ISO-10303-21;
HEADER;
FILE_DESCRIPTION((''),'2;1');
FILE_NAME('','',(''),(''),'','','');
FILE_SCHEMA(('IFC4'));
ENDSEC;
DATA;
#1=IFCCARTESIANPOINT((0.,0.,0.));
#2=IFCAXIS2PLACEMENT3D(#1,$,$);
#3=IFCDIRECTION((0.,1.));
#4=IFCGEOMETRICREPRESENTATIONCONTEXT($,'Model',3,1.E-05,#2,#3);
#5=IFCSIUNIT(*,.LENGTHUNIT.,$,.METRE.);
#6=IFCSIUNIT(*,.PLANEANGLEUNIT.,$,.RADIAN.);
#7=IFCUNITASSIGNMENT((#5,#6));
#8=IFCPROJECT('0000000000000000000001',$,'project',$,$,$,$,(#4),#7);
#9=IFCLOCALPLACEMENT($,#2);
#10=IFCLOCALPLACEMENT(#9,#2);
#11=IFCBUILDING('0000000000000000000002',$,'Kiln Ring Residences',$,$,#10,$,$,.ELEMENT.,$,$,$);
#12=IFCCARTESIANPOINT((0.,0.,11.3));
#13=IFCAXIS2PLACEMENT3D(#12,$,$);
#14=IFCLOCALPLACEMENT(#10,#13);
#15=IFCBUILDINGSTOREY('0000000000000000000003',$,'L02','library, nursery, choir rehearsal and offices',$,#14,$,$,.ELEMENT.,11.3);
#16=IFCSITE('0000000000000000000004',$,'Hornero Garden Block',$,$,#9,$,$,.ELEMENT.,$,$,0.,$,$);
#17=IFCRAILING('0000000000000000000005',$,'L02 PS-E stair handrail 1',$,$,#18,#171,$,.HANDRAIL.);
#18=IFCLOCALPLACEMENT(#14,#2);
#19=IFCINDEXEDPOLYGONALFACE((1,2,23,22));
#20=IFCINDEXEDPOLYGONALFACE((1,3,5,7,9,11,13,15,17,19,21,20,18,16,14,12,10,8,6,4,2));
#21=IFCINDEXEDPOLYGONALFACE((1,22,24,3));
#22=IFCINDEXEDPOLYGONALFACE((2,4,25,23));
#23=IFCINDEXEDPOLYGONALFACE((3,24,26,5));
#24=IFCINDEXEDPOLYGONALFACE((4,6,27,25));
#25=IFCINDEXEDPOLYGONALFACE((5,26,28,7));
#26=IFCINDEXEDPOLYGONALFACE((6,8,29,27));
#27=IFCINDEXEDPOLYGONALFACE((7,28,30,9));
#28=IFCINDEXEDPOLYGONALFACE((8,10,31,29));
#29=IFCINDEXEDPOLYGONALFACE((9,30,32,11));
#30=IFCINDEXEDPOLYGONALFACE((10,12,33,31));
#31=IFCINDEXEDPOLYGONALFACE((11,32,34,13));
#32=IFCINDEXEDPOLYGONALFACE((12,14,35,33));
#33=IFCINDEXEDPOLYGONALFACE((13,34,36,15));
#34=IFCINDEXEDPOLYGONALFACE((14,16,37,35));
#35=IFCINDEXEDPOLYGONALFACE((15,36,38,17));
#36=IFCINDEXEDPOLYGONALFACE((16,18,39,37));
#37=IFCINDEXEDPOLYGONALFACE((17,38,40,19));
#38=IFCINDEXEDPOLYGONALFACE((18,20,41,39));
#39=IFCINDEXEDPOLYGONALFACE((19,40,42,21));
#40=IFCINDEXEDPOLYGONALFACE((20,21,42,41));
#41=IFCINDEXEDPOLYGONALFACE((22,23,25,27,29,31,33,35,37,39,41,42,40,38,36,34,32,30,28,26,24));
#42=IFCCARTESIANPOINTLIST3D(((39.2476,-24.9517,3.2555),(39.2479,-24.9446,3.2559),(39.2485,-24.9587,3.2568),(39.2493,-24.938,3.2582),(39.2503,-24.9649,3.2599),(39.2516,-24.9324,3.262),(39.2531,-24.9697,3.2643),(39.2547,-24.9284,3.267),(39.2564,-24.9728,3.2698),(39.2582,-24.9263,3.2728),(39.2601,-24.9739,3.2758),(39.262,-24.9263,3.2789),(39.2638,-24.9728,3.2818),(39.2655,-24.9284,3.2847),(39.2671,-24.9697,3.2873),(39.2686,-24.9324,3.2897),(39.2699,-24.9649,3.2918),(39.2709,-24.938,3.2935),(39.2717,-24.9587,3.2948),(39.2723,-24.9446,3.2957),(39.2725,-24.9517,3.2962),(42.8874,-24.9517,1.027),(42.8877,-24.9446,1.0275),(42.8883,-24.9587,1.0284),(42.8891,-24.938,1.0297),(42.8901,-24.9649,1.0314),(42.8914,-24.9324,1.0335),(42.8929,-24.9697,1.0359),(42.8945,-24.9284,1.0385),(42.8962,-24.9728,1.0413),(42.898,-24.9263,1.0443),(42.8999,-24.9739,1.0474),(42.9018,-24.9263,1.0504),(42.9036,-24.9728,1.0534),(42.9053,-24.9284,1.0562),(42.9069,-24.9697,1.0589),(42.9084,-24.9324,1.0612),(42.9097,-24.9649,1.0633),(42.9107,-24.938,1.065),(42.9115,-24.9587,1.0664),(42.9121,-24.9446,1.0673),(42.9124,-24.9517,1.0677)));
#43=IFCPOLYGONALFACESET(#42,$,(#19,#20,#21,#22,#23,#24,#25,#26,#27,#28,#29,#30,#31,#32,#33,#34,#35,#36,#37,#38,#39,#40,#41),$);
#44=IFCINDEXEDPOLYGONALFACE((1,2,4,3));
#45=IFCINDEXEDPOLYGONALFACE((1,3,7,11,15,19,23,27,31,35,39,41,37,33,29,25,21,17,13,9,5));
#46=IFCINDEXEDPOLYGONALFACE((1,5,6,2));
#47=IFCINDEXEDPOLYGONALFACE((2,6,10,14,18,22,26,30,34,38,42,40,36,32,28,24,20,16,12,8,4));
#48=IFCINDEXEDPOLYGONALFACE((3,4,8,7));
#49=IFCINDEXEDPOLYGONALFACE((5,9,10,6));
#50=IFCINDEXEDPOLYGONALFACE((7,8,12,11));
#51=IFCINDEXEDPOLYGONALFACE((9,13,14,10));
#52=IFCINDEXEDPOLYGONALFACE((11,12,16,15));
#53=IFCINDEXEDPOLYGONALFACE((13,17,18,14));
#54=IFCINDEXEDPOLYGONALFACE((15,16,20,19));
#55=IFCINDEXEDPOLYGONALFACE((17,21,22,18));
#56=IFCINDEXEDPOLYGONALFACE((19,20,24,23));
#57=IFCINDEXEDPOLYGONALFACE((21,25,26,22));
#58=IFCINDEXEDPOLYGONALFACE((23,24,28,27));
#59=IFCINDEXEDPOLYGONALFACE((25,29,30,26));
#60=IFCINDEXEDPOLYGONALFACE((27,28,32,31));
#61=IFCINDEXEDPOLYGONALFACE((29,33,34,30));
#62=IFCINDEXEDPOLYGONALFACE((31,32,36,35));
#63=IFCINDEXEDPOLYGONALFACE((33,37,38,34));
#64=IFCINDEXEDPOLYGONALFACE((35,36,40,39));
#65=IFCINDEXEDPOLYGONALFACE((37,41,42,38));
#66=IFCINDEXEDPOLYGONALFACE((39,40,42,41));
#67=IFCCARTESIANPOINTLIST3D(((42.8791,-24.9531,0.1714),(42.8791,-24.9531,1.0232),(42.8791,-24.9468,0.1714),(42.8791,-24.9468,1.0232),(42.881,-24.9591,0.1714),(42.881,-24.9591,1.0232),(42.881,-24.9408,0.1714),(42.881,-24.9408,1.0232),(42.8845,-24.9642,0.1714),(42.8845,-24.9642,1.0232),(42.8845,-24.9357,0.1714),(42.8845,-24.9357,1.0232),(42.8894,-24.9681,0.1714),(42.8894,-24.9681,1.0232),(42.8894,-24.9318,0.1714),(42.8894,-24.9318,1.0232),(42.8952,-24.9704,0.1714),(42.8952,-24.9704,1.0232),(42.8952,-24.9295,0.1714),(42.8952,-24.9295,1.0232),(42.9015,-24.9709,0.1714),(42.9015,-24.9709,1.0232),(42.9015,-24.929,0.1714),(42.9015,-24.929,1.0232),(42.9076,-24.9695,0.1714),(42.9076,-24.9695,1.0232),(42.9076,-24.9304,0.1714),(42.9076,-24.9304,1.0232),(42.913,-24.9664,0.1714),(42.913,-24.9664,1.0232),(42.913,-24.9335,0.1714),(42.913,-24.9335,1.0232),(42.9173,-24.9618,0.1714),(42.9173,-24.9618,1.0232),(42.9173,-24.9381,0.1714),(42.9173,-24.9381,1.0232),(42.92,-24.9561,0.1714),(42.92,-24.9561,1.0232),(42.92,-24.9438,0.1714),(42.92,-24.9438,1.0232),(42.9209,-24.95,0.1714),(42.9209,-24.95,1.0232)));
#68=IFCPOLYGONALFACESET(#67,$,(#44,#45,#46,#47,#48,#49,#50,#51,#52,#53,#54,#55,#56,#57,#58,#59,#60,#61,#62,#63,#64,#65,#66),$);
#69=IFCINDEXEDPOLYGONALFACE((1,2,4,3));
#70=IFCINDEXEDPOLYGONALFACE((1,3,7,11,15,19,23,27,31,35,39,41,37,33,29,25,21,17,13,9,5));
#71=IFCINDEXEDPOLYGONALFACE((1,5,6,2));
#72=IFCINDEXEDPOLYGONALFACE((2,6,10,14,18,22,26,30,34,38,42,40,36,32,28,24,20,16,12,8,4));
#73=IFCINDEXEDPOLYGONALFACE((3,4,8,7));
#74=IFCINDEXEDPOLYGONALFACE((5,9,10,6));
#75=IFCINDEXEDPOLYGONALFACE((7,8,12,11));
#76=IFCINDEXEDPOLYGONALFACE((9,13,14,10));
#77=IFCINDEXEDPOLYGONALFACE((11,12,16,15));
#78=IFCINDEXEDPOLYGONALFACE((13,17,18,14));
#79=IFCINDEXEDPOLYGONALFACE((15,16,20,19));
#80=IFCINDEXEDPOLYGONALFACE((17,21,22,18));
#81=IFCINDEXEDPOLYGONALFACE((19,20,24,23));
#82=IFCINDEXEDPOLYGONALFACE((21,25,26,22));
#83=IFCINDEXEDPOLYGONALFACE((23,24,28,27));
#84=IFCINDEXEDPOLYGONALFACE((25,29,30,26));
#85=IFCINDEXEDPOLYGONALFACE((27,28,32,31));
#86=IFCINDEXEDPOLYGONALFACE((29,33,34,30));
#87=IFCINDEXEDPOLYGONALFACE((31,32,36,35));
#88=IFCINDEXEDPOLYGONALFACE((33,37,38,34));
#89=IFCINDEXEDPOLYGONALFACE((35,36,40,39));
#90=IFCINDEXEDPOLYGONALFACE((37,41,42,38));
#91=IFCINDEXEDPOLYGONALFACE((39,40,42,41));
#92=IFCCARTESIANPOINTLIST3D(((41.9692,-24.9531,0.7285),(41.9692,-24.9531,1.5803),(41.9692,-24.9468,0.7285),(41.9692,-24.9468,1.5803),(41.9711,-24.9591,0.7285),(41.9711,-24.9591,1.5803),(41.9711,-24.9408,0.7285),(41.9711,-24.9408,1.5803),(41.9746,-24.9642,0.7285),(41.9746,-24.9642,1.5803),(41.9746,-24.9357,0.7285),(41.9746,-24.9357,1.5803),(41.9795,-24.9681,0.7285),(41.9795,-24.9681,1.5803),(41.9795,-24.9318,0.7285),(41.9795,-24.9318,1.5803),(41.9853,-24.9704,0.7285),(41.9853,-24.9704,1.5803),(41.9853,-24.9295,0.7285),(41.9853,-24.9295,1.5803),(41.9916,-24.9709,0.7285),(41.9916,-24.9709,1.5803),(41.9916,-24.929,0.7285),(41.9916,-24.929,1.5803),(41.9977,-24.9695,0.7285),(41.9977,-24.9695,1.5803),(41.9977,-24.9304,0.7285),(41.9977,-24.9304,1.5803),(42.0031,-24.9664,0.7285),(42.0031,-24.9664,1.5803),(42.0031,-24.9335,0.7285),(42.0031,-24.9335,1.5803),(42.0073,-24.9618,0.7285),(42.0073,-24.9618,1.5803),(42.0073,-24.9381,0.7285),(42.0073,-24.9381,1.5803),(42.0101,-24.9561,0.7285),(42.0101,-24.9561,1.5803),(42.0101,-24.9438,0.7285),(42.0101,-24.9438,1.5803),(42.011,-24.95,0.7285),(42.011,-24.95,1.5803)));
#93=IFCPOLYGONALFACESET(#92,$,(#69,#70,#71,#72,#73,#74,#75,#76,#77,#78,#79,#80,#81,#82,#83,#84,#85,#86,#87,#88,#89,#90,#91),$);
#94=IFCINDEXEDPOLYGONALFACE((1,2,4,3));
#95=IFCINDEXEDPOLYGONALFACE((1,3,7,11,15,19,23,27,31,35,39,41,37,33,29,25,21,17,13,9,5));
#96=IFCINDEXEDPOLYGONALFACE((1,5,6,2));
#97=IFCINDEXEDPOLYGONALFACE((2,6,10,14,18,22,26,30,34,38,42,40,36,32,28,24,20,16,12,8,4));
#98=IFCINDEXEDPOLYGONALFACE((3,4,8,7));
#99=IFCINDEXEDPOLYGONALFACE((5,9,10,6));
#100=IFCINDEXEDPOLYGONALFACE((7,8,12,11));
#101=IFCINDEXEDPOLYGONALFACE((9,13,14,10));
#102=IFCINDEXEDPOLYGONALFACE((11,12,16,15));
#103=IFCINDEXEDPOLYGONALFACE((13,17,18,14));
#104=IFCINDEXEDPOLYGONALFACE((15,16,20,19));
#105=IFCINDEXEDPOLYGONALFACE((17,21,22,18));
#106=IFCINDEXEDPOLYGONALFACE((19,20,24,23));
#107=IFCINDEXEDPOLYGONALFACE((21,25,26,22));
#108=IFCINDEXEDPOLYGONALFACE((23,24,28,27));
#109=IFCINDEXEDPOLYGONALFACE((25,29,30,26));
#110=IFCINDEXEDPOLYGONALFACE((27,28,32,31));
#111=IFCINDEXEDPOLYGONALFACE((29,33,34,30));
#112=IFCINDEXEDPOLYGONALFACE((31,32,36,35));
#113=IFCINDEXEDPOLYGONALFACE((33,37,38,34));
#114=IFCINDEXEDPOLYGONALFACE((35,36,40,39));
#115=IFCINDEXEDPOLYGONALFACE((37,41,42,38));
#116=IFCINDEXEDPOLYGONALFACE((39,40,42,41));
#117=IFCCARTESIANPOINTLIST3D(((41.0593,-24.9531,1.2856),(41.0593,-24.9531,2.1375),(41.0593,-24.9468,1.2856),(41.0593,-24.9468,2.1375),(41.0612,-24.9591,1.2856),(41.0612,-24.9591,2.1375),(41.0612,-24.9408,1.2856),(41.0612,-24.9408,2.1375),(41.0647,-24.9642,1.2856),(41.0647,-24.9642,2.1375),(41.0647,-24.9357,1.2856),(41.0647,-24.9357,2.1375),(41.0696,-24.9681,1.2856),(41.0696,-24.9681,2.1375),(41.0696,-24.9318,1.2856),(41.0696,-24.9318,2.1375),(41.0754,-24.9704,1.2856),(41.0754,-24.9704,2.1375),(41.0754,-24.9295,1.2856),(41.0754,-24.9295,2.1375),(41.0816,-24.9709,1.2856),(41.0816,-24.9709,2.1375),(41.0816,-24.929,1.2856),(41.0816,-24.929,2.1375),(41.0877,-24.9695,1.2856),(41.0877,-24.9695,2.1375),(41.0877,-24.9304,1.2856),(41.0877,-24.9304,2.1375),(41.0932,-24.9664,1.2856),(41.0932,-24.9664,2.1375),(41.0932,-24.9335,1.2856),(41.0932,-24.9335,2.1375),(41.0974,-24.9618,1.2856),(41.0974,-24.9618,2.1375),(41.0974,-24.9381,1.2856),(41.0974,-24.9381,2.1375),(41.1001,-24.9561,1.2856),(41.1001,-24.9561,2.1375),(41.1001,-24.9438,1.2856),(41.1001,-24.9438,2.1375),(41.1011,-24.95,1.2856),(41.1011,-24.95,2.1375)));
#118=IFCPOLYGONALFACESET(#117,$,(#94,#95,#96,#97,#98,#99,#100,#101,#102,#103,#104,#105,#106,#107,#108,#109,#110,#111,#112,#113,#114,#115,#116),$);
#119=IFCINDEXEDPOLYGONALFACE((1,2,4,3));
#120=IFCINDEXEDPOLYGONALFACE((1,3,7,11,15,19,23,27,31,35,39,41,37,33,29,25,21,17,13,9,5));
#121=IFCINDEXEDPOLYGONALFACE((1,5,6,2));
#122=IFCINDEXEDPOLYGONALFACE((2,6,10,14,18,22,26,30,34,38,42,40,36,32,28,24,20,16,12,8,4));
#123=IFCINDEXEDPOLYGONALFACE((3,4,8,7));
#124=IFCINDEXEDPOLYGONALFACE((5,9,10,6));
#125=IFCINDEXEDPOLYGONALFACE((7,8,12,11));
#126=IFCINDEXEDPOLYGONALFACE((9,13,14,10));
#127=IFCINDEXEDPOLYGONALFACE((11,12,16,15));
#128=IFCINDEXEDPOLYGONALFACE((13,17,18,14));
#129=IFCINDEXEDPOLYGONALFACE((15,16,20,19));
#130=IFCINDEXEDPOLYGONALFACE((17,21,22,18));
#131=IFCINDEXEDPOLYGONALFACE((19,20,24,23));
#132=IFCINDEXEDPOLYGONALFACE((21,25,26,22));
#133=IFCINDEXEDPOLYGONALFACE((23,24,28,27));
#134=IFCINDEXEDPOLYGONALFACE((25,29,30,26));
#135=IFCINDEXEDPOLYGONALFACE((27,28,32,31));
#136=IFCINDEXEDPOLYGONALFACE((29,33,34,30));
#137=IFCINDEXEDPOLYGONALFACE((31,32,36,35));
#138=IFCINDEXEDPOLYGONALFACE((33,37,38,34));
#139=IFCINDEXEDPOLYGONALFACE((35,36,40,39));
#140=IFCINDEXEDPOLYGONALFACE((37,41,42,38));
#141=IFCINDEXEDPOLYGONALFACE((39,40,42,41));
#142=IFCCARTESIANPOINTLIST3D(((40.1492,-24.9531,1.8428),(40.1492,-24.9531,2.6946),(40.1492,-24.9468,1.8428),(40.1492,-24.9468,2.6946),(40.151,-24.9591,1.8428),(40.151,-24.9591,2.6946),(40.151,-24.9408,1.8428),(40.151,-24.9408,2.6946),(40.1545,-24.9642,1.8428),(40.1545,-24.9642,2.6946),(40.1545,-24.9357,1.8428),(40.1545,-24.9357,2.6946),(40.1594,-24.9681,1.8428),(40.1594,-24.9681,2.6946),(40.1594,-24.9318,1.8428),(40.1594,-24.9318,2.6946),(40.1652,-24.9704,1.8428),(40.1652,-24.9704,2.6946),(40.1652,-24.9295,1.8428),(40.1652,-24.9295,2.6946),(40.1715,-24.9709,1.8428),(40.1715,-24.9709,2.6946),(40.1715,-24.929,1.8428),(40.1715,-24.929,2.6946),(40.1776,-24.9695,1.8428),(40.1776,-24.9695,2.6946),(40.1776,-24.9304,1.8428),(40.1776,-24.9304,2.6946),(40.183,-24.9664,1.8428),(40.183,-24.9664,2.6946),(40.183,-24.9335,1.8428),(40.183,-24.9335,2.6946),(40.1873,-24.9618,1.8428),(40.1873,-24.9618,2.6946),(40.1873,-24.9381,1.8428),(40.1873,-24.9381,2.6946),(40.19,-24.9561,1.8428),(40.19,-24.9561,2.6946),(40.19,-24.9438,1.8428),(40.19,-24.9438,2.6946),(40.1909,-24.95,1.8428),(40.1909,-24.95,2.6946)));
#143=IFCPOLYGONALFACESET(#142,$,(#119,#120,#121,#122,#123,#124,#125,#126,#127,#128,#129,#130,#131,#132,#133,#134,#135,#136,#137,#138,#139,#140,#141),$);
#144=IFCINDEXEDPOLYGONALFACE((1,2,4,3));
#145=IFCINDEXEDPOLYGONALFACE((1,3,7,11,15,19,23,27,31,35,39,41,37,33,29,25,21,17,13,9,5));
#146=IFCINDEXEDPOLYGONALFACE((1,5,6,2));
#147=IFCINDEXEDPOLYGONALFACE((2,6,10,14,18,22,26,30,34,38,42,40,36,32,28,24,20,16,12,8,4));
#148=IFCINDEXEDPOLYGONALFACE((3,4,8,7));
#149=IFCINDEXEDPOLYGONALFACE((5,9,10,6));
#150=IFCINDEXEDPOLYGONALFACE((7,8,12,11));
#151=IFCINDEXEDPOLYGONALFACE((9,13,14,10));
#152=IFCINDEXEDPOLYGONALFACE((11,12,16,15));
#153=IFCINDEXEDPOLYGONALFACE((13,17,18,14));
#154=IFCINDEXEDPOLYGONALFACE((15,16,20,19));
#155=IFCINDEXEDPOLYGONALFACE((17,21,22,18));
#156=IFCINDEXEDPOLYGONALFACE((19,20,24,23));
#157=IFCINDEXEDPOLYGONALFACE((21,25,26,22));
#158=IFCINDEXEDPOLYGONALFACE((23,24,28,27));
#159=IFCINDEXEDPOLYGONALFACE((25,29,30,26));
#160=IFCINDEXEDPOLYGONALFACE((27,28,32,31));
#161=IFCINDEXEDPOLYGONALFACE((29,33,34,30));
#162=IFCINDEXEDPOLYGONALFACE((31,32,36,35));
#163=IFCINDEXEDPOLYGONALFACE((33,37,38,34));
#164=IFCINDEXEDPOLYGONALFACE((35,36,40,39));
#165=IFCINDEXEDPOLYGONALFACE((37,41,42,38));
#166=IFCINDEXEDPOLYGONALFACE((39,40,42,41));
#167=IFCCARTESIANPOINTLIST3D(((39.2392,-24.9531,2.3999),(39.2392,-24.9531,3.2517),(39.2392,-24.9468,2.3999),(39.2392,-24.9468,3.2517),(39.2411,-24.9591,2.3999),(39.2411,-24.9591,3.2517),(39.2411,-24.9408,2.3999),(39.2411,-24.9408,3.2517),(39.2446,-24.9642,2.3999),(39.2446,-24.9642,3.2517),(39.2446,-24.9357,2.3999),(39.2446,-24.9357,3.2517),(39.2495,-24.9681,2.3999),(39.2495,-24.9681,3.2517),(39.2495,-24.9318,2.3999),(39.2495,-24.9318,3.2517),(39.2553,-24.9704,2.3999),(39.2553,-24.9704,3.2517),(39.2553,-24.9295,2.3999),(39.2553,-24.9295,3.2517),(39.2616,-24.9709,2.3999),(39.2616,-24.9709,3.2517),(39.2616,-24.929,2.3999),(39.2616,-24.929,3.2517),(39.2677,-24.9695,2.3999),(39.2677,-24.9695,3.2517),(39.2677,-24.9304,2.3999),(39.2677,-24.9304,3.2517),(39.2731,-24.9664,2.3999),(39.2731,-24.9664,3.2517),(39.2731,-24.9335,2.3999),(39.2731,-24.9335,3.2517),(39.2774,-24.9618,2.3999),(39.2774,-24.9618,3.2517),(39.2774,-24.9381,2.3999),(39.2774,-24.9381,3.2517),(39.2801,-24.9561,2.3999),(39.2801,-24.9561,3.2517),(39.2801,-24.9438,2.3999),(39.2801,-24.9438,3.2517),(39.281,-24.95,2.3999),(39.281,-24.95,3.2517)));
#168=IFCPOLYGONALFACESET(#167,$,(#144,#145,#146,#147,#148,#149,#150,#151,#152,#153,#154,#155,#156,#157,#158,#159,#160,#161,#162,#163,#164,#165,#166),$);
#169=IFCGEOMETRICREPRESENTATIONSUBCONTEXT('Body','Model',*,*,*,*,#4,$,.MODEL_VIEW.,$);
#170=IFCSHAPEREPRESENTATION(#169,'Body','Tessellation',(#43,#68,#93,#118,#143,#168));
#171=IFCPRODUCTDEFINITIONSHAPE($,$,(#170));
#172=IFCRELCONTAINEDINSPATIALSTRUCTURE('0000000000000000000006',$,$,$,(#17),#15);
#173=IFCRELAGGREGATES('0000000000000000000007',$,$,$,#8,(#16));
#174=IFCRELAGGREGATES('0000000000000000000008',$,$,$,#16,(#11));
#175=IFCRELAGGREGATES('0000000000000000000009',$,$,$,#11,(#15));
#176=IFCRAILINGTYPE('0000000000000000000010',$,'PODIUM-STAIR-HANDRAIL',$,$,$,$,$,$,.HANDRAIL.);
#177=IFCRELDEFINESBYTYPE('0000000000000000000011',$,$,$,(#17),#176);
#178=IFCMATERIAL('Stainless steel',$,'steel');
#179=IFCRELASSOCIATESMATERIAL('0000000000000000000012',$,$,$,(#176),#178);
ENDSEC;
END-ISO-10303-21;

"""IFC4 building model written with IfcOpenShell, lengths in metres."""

from ifc_helpers import new_model, si_unit, direction, frame, origin, origin_2d, place, context, subcontext, project, spatial, circle, extrude, material, type_object, element, save


model = new_model("IFC4")

# Units and contexts
model_context = context("Model", 3, precision=1e-05, world=origin(), true_north=direction((0.0, 1.0)))
body_context = subcontext(model_context, "Body", "Model", "MODEL_VIEW")
ifc_project = project(units=[si_unit("LENGTHUNIT", "METRE"), si_unit("PLANEANGLEUNIT", "RADIAN")], contexts=[model_context])

# Site, building, storey
site_placement = place(None, origin())
site = spatial("IfcSite", under=ifc_project, at=site_placement, Name="Hornero Garden Block", CompositionType="ELEMENT", RefElevation=0.0)
building_placement = place(site_placement, origin())
building = spatial("IfcBuilding", under=site, at=building_placement, Name="Kiln Ring Residences", CompositionType="ELEMENT")
storey_placement = place(building_placement, frame((0.0, 0.0, 11.3)))
storey = spatial("IfcBuildingStorey", under=building, at=storey_placement, Name="L02", Description="library, nursery, choir rehearsal and offices", CompositionType="ELEMENT", Elevation=11.3)

# Railing
ifc_material_1 = material(Name="Stainless steel", Category="steel")
railing_type_1 = type_object("IfcRailingType", Name="PODIUM-STAIR-HANDRAIL", PredefinedType="HANDRAIL", material=ifc_material_1)
railing_1_placement = place(storey_placement, frame((42.8999, -24.95, 0.1714)))
element("IfcRailing", 1, at=railing_1_placement, inside=storey, type_object=railing_type_1, Name="L02 PS-E stair handrail 1", PredefinedType="HANDRAIL", context=body_context, shape_type="SweptSolid", body=[
    extrude(circle(Radius=0.0239, at=origin_2d()), frame((0.0, 0.0, 0.876), z_axis=(-0.85285, 0.0, 0.522156), x_axis=(0.0, -1.0, 0.0)), (0.0, 0.0, 1.0), 4.2678),
    extrude(circle(Radius=0.021, at=origin_2d()), origin(), (0.0, 0.0, 1.0), 0.8518),
    extrude(circle(Radius=0.021, at=origin_2d()), frame((-0.9099, 0.0, 0.5571)), (0.0, 0.0, 1.0), 0.8518),
    extrude(circle(Radius=0.021, at=origin_2d()), frame((-1.8198, 0.0, 1.1143)), (0.0, 0.0, 1.0), 0.8518),
    extrude(circle(Radius=0.021, at=origin_2d()), frame((-2.73, 0.0, 1.6714)), (0.0, 0.0, 1.0), 0.8518),
    extrude(circle(Radius=0.021, at=origin_2d()), frame((-3.6399, 0.0, 2.2285)), (0.0, 0.0, 1.0), 0.8518),
])

save(model, "model.ifc")
